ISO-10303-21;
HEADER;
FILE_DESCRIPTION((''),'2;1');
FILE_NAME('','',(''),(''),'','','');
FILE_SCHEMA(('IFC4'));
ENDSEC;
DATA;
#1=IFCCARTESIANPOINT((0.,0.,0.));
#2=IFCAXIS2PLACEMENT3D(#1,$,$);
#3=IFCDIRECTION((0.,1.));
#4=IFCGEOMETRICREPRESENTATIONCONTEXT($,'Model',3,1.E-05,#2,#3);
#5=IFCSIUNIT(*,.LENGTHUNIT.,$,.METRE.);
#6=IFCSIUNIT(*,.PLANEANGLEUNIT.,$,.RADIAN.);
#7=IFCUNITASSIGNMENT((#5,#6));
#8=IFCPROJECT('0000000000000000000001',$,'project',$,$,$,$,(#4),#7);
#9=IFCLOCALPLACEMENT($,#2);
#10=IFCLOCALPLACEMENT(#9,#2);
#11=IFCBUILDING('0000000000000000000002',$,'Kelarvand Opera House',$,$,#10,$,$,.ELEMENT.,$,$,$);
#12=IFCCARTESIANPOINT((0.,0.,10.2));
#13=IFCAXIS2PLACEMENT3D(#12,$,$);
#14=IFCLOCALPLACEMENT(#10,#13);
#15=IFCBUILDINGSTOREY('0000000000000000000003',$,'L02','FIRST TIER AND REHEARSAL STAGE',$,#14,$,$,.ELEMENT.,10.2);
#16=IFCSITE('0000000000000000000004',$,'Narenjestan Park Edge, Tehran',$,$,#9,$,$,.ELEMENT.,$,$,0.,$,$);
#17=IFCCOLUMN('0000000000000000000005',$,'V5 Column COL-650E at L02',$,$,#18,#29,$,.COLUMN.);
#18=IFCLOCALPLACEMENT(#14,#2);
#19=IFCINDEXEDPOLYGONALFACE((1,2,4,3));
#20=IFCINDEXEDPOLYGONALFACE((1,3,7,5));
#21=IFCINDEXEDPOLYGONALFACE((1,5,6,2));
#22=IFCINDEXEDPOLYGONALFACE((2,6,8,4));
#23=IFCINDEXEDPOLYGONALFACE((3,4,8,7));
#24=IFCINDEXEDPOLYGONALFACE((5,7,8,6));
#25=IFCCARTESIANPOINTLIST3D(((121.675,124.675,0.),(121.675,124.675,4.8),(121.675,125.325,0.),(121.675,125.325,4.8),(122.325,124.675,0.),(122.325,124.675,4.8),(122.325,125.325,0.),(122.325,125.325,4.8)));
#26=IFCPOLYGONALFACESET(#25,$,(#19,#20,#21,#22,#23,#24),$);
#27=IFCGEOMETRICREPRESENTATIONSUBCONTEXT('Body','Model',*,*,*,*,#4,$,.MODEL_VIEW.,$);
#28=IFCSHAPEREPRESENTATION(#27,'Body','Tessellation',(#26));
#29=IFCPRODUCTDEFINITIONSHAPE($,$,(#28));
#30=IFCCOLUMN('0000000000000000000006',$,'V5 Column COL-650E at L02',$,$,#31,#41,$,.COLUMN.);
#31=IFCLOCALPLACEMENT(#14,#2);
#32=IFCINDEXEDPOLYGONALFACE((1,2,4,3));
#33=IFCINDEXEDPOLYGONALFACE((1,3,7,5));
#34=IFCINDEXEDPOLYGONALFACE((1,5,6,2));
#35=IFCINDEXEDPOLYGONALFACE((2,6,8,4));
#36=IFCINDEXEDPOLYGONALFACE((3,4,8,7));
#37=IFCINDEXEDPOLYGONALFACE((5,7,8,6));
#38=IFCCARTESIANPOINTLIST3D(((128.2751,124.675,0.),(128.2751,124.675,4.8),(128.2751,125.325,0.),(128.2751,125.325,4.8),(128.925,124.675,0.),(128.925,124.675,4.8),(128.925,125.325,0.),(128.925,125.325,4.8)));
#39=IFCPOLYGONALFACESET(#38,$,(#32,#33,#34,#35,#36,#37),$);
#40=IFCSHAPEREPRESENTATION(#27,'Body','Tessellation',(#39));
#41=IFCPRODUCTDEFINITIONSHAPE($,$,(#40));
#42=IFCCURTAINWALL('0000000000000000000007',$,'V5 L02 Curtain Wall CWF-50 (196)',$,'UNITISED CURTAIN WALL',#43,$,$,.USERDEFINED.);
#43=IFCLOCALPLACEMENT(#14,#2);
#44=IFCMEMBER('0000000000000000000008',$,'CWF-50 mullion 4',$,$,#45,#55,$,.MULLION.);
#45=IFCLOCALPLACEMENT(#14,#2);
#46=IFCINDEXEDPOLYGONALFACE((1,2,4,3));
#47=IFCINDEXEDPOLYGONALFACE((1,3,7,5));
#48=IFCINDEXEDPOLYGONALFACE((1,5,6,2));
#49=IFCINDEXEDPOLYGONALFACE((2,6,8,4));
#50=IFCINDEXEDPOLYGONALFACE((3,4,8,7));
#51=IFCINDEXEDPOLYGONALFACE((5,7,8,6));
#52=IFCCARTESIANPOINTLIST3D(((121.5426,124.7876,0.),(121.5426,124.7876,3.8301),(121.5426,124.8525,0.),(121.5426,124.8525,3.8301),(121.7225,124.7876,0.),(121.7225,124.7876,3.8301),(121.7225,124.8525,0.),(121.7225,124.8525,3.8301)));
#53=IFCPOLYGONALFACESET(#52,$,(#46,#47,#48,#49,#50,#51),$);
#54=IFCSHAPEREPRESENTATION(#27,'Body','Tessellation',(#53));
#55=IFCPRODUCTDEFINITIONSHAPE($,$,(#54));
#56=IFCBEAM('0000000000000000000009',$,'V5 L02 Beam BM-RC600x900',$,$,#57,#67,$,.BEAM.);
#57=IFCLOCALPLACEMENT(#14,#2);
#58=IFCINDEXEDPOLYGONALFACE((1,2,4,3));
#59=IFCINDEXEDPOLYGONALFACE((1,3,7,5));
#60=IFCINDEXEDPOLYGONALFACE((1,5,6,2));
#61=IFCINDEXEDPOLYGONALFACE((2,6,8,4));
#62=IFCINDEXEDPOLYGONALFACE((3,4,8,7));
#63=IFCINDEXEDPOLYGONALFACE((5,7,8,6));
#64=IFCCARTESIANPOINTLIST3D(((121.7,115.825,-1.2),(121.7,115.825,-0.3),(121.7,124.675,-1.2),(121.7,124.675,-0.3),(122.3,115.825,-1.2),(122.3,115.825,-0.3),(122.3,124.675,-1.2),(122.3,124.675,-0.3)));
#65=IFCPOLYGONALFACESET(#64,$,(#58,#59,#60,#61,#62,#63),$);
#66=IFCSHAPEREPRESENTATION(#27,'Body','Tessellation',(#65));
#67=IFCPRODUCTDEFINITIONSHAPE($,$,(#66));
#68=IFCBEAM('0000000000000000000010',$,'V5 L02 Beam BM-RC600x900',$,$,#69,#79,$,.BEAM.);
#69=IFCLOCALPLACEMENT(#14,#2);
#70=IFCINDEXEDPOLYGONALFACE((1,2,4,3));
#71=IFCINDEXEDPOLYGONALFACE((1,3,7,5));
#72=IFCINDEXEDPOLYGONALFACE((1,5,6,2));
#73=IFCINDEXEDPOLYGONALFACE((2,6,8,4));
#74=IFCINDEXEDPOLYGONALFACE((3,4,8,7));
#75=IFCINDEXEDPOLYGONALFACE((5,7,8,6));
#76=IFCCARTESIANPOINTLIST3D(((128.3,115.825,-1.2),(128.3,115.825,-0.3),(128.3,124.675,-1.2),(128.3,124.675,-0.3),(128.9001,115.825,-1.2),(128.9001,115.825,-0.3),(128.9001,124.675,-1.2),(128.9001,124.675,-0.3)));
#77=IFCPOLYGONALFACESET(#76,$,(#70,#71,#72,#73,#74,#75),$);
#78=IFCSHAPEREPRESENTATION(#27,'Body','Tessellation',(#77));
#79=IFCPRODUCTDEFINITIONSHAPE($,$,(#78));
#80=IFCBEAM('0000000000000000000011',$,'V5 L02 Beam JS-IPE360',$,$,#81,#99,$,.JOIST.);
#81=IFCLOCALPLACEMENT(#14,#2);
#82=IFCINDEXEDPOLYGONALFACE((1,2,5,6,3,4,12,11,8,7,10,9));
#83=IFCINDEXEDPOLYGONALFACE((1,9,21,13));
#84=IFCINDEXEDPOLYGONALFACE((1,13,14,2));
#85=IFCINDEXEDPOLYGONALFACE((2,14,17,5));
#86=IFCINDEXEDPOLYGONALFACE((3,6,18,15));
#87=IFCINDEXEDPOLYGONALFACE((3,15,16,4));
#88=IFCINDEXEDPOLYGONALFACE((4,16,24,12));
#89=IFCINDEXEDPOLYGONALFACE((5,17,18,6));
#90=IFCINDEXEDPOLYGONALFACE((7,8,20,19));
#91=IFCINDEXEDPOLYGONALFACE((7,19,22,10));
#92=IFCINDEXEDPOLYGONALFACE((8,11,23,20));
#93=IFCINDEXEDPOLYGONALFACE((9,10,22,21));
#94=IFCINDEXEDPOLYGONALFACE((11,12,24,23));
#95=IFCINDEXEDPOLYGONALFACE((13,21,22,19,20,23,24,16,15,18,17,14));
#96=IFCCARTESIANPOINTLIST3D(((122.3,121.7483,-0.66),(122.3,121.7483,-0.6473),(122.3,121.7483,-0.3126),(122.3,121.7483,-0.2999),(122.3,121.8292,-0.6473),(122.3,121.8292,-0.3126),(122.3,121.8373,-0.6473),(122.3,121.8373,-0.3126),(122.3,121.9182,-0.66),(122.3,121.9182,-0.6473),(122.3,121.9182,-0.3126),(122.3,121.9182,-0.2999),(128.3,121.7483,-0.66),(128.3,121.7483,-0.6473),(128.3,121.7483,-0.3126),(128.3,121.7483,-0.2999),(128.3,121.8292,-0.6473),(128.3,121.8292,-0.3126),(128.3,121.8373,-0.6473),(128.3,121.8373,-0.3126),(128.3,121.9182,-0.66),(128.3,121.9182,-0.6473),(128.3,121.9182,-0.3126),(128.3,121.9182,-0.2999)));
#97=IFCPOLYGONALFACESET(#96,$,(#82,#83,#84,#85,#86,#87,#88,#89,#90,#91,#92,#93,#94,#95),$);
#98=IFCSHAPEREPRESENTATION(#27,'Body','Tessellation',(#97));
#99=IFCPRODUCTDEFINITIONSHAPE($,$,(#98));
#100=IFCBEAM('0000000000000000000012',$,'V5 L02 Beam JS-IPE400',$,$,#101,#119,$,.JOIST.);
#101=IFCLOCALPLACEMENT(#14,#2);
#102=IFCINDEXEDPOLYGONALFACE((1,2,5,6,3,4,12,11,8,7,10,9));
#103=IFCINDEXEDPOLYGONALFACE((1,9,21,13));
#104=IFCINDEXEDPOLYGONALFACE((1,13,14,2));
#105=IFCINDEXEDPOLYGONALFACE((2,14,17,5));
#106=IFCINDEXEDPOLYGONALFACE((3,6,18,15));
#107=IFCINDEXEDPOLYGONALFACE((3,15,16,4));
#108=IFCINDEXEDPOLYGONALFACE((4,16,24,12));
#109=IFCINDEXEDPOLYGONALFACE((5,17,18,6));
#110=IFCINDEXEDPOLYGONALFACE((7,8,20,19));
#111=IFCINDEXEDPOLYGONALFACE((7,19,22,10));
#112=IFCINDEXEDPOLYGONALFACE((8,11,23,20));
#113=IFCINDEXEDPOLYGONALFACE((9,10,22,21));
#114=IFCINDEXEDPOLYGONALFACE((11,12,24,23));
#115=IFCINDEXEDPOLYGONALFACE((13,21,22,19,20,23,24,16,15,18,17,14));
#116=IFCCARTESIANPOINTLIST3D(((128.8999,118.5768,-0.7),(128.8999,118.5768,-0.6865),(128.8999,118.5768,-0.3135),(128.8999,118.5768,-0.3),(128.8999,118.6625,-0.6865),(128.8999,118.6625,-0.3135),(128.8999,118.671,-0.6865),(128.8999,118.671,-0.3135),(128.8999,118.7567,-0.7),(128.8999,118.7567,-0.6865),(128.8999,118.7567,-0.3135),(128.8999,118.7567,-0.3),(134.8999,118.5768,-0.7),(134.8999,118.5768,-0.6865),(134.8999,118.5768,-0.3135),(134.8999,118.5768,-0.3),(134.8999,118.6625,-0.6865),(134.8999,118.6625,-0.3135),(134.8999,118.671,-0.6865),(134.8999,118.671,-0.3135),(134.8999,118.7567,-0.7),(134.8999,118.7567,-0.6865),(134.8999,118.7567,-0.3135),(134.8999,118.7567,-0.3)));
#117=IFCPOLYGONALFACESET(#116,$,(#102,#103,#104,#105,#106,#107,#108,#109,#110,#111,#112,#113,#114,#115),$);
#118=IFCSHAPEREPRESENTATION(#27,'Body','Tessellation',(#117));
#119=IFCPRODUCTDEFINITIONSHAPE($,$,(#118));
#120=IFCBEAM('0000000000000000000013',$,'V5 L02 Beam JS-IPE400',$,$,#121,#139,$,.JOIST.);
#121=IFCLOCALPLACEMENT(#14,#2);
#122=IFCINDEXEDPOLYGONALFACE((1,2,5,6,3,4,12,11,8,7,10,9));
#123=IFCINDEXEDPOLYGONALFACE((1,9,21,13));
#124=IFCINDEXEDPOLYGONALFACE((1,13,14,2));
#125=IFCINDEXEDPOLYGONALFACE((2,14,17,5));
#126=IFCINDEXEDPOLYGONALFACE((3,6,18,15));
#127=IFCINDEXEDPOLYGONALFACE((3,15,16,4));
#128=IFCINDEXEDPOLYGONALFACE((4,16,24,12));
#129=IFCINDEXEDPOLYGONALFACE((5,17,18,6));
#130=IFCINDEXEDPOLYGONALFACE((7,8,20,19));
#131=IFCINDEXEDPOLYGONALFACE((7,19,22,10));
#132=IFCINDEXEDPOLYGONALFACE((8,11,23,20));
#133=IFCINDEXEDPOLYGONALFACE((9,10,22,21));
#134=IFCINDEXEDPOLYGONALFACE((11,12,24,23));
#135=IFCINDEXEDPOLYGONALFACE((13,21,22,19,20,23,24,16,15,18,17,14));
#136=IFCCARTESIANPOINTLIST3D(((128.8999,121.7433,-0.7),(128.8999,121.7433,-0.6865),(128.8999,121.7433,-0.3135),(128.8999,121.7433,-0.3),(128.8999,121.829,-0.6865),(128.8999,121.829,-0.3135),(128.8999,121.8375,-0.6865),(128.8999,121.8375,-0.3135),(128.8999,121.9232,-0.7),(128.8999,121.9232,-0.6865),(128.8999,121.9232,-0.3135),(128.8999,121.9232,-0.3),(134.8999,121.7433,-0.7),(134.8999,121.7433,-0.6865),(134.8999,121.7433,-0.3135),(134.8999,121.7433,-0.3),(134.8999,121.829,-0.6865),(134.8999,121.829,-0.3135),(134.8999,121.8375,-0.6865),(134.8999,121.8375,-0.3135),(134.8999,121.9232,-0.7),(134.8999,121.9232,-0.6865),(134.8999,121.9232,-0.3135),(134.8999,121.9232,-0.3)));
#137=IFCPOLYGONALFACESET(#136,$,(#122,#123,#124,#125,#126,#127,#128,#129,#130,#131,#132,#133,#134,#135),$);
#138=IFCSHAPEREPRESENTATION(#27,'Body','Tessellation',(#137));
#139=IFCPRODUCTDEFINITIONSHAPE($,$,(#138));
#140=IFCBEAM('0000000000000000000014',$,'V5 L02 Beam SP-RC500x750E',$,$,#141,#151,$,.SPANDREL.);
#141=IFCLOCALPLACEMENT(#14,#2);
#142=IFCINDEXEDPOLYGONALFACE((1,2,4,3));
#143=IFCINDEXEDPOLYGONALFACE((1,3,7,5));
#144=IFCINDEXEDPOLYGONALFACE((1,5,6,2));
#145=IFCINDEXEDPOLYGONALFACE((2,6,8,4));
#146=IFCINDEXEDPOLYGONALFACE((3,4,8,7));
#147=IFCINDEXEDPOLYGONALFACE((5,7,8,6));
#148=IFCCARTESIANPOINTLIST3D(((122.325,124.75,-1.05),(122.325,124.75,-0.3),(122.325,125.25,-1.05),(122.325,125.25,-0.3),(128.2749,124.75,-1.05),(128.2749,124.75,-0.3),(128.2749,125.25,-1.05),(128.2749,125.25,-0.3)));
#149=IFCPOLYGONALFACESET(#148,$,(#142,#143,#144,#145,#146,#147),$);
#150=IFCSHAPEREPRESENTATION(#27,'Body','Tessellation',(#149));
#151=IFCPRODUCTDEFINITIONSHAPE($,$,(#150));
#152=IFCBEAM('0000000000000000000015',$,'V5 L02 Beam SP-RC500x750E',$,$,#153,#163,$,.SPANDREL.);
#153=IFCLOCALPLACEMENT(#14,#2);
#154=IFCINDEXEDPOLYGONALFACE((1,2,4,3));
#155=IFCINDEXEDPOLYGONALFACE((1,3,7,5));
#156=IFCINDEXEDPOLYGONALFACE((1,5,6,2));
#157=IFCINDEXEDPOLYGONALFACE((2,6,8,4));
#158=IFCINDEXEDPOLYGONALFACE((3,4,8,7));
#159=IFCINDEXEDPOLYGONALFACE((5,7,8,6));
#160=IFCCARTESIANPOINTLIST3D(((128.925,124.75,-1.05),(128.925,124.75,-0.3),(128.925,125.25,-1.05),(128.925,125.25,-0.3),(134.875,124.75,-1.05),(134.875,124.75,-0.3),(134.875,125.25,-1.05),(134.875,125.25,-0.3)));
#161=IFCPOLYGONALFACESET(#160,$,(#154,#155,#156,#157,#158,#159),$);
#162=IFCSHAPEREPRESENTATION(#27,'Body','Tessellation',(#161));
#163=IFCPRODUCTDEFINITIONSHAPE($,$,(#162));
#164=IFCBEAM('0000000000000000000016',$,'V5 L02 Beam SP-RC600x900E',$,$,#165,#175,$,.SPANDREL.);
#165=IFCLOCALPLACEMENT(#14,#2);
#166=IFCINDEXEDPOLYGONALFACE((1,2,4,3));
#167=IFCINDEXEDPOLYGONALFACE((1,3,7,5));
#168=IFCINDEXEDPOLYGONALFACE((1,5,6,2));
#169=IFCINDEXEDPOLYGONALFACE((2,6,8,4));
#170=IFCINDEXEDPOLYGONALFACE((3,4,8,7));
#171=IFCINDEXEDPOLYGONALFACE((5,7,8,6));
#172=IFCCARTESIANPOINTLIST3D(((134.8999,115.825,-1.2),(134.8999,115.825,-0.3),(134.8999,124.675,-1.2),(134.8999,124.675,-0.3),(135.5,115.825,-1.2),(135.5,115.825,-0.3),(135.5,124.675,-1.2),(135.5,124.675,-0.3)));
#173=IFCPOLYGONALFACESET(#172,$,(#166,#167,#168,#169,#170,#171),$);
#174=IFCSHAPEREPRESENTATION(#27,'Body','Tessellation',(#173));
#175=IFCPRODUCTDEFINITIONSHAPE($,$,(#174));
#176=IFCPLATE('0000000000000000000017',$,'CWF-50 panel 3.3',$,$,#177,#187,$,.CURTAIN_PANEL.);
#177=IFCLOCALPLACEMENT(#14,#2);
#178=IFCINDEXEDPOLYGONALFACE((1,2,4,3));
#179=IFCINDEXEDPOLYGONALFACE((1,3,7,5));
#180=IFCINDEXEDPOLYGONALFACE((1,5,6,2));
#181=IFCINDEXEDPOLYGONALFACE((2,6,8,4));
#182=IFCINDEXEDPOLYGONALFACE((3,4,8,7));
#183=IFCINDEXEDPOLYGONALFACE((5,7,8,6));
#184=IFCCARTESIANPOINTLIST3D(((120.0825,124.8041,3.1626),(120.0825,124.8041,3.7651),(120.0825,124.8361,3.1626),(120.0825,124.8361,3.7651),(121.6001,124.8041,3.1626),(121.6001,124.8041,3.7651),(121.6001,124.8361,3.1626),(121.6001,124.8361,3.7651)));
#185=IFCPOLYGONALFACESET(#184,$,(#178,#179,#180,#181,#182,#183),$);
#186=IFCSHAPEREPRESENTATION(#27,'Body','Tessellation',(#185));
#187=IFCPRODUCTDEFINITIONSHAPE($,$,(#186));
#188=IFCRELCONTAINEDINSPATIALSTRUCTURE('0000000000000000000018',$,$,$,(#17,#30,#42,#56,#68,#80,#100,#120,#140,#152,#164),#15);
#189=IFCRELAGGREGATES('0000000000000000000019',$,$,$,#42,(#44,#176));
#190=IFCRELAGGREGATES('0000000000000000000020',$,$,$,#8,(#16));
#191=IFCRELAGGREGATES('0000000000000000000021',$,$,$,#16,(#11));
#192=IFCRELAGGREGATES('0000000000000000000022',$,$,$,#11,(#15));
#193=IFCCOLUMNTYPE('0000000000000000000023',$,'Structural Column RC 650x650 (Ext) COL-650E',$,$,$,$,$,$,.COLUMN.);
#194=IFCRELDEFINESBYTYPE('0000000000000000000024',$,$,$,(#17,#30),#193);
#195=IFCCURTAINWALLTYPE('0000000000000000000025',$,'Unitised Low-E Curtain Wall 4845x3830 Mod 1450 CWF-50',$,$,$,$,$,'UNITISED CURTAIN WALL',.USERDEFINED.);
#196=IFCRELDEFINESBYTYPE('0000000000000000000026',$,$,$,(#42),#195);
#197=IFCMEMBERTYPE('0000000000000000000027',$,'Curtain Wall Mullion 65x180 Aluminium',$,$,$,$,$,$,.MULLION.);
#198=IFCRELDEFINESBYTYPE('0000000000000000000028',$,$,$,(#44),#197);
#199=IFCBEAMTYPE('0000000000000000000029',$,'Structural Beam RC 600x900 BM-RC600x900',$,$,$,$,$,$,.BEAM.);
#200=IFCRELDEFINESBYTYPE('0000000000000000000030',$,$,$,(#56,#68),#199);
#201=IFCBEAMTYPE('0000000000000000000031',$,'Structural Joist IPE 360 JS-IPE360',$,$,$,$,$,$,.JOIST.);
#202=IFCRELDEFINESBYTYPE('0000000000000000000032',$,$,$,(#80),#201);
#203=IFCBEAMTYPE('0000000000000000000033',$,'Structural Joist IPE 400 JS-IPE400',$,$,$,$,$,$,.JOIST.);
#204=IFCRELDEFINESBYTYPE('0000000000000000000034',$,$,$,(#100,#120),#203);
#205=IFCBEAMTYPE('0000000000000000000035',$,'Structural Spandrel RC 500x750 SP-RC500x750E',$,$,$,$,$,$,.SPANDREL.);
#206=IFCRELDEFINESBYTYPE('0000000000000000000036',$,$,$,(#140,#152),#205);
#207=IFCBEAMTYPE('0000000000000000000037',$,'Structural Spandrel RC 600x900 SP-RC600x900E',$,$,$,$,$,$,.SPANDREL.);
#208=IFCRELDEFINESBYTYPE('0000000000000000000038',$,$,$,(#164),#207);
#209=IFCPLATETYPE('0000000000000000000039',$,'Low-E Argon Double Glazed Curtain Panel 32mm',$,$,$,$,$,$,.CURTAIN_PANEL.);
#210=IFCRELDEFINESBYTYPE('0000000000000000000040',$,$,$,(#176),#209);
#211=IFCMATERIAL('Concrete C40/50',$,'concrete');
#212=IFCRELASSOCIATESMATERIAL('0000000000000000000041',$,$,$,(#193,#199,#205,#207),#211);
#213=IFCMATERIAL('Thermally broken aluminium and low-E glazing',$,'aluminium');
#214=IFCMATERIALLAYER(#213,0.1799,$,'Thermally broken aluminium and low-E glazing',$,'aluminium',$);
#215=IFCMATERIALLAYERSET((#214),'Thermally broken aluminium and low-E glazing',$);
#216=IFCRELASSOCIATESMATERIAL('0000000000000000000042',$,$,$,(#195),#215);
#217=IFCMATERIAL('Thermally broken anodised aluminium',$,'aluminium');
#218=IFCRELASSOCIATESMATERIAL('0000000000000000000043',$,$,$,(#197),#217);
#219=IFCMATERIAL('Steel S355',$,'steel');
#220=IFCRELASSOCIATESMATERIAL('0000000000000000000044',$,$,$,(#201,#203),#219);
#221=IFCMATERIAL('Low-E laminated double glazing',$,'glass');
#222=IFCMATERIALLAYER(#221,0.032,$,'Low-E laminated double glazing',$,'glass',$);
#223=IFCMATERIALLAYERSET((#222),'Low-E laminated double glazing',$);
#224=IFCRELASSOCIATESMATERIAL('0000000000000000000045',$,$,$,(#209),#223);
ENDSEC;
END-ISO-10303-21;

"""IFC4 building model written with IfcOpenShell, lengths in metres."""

from ifc_helpers import new_model, si_unit, direction, frame, origin, origin_2d, place, context, subcontext, project, spatial, rectangle, i_section, extrude, material, layer, layer_set, material_profile, profile_set, type_object, element, aggregate, save


model = new_model("IFC4")

# Units and contexts
model_context = context("Model", 3, precision=1e-05, world=origin(), true_north=direction((0.0, 1.0)))
body_context = subcontext(model_context, "Body", "Model", "MODEL_VIEW")
ifc_project = project(units=[si_unit("LENGTHUNIT", "METRE"), si_unit("PLANEANGLEUNIT", "RADIAN")], contexts=[model_context])

# Site, building, storey
site_placement = place(None, origin())
site = spatial("IfcSite", under=ifc_project, at=site_placement, Name="Narenjestan Park Edge, Tehran", CompositionType="ELEMENT", RefElevation=0.0)
building_placement = place(site_placement, origin())
building = spatial("IfcBuilding", under=site, at=building_placement, Name="Kelarvand Opera House", CompositionType="ELEMENT")
storey_placement = place(building_placement, frame((0.0, 0.0, 10.2)))
storey = spatial("IfcBuildingStorey", under=building, at=storey_placement, Name="L02", Description="FIRST TIER AND REHEARSAL STAGE", CompositionType="ELEMENT", Elevation=10.2)

# Columns
ifc_material_1 = material(Name="Concrete C40/50", Category="concrete")
ifc_material_profile_1 = material_profile(ifc_material_1, rectangle(XDim=0.6499, YDim=0.6499, at=origin_2d()), Name="RC 650x650", Category="concrete")
ifc_profile_set_1 = profile_set([ifc_material_profile_1], Name="Concrete C40/50")
column_type = type_object("IfcColumnType", Name="Structural Column RC 650x650 (Ext) COL-650E", PredefinedType="COLUMN", material=ifc_profile_set_1)
for number, where, z_axis, x_axis, name in (
    (1, (122.0, 125.0, 0.0), (0.0, 0.0, 1.0), (1.0, 0.0, 0.0), "V5 Column COL-650E at L02"),
    (2, (128.6001, 125.0, 0.0), (0.0, 0.0, 1.0), (1.0, 0.0, 0.0), "V5 Column COL-650E at L02"),
):
    element("IfcColumn", number, at=place(storey_placement, frame(where, z_axis=z_axis, x_axis=x_axis)), inside=storey, type_object=column_type, Name=name, PredefinedType="COLUMN", context=body_context, shape_type="SweptSolid", body=[
        extrude(rectangle(XDim=0.6499, YDim=0.6499, at=origin_2d()), origin(), (0.0, 0.0, 1.0), 4.8),
    ])

# Curtain wall, member
ifc_material_2 = material(Name="Thermally broken aluminium and low-E glazing", Category="aluminium")
ifc_layer_1 = layer(ifc_material_2, 0.1799, Name="Thermally broken aluminium and low-E glazing", Category="aluminium")
ifc_layer_set_1 = layer_set([ifc_layer_1], Name="Thermally broken aluminium and low-E glazing")
curtain_wall_type = type_object("IfcCurtainWallType", Name="Unitised Low-E Curtain Wall 4845x3830 Mod 1450 CWF-50", ElementType="UNITISED CURTAIN WALL", PredefinedType="USERDEFINED", material=ifc_layer_set_1)
curtain_wall_placement = place(storey_placement, origin())
curtain_wall = element("IfcCurtainWall", 3, at=curtain_wall_placement, inside=storey, type_object=curtain_wall_type, Name="V5 L02 Curtain Wall CWF-50 (196)", ObjectType="UNITISED CURTAIN WALL", PredefinedType="USERDEFINED")
ifc_material_3 = material(Name="Thermally broken anodised aluminium", Category="aluminium")
ifc_material_profile_2 = material_profile(ifc_material_3, rectangle(XDim=0.0649, YDim=0.1799, at=origin_2d()), Name="ALU MULLION 65x180", Category="aluminium")
ifc_profile_set_2 = profile_set([ifc_material_profile_2], Name="Thermally broken anodised aluminium")
member_type = type_object("IfcMemberType", Name="Curtain Wall Mullion 65x180 Aluminium", PredefinedType="MULLION", material=ifc_profile_set_2)
member_placement = place(storey_placement, frame((121.6326, 124.8201, 0.0), z_axis=(0.0, 0.0, 1.0), x_axis=(0.0, 1.0, 0.0)))
member = element("IfcMember", 4, at=member_placement, type_object=member_type, Name="CWF-50 mullion 4", PredefinedType="MULLION", context=body_context, shape_type="SweptSolid", body=[
    extrude(rectangle(XDim=0.0649, YDim=0.1799, at=origin_2d()), origin(), (0.0, 0.0, 1.0), 3.8301),
])

# Beams
ifc_material_profile_3 = material_profile(ifc_material_1, rectangle(XDim=0.6001, YDim=0.8999, at=origin_2d()), Name="RC 600x900", Category="concrete")
ifc_profile_set_3 = profile_set([ifc_material_profile_3], Name="Concrete C40/50")
beam_type_1 = type_object("IfcBeamType", Name="Structural Beam RC 600x900 BM-RC600x900", PredefinedType="BEAM", material=ifc_profile_set_3)
for number, where, z_axis, x_axis, name in (
    (5, (122.0, 115.825, -0.75), (0.0, 1.0, 0.0), (-1.0, 0.0, 0.0), "V5 L02 Beam BM-RC600x900"),
    (6, (128.6001, 115.825, -0.75), (0.0, 1.0, 0.0), (-1.0, 0.0, 0.0), "V5 L02 Beam BM-RC600x900"),
):
    element("IfcBeam", number, at=place(storey_placement, frame(where, z_axis=z_axis, x_axis=x_axis)), inside=storey, type_object=beam_type_1, Name=name, PredefinedType="BEAM", context=body_context, shape_type="SweptSolid", body=[
        extrude(rectangle(XDim=0.6001, YDim=0.8999, at=origin_2d()), origin(), (0.0, 0.0, 1.0), 8.8501),
    ])
ifc_material_4 = material(Name="Steel S355", Category="steel")
ifc_material_profile_4 = material_profile(ifc_material_4, i_section(OverallWidth=0.1699, OverallDepth=0.3601, WebThickness=0.0081, FlangeThickness=0.0127, at=origin_2d()), Name="IPE 360", Category="steel")
ifc_profile_set_4 = profile_set([ifc_material_profile_4], Name="Steel S355")
beam_type_2 = type_object("IfcBeamType", Name="Structural Joist IPE 360 JS-IPE360", PredefinedType="JOIST", material=ifc_profile_set_4)
beam_1_placement = place(storey_placement, frame((122.3, 121.8333, -0.48), z_axis=(1.0, 0.0, 0.0), x_axis=(0.0, 1.0, 0.0)))
element("IfcBeam", 7, at=beam_1_placement, inside=storey, type_object=beam_type_2, Name="V5 L02 Beam JS-IPE360", PredefinedType="JOIST", context=body_context, shape_type="SweptSolid", body=[
    extrude(i_section(OverallWidth=0.1699, OverallDepth=0.3601, WebThickness=0.0081, FlangeThickness=0.0127, at=origin_2d()), origin(), (0.0, 0.0, 1.0), 6.0),
])
ifc_material_profile_5 = material_profile(ifc_material_4, i_section(OverallWidth=0.1799, OverallDepth=0.3999, WebThickness=0.0085, FlangeThickness=0.0134, at=origin_2d()), Name="IPE 400", Category="steel")
ifc_profile_set_5 = profile_set([ifc_material_profile_5], Name="Steel S355")
beam_type_3 = type_object("IfcBeamType", Name="Structural Joist IPE 400 JS-IPE400", PredefinedType="JOIST", material=ifc_profile_set_5)
for number, where, z_axis, x_axis, name in (
    (8, (128.8999, 118.6667, -0.5), (1.0, 0.0, 0.0), (0.0, 1.0, 0.0), "V5 L02 Beam JS-IPE400"),
    (9, (128.8999, 121.8333, -0.5), (1.0, 0.0, 0.0), (0.0, 1.0, 0.0), "V5 L02 Beam JS-IPE400"),
):
    element("IfcBeam", number, at=place(storey_placement, frame(where, z_axis=z_axis, x_axis=x_axis)), inside=storey, type_object=beam_type_3, Name=name, PredefinedType="JOIST", context=body_context, shape_type="SweptSolid", body=[
        extrude(i_section(OverallWidth=0.1799, OverallDepth=0.3999, WebThickness=0.0085, FlangeThickness=0.0134, at=origin_2d()), origin(), (0.0, 0.0, 1.0), 6.0),
    ])
ifc_material_profile_6 = material_profile(ifc_material_1, rectangle(XDim=0.5, YDim=0.75, at=origin_2d()), Name="RC 500x750", Category="concrete")
ifc_profile_set_6 = profile_set([ifc_material_profile_6], Name="Concrete C40/50")
beam_type_4 = type_object("IfcBeamType", Name="Structural Spandrel RC 500x750 SP-RC500x750E", PredefinedType="SPANDREL", material=ifc_profile_set_6)
for number, where, z_axis, x_axis, name in (
    (10, (122.325, 125.0, -0.675), (1.0, 0.0, 0.0), (0.0, 1.0, 0.0), "V5 L02 Beam SP-RC500x750E"),
    (11, (128.925, 125.0, -0.675), (1.0, 0.0, 0.0), (0.0, 1.0, 0.0), "V5 L02 Beam SP-RC500x750E"),
):
    element("IfcBeam", number, at=place(storey_placement, frame(where, z_axis=z_axis, x_axis=x_axis)), inside=storey, type_object=beam_type_4, Name=name, PredefinedType="SPANDREL", context=body_context, shape_type="SweptSolid", body=[
        extrude(rectangle(XDim=0.5, YDim=0.75, at=origin_2d()), origin(), (0.0, 0.0, 1.0), 5.95),
    ])
ifc_material_profile_7 = material_profile(ifc_material_1, rectangle(XDim=0.6001, YDim=0.8999, at=origin_2d()), Name="RC 600x900", Category="concrete")
ifc_profile_set_7 = profile_set([ifc_material_profile_7], Name="Concrete C40/50")
beam_type_5 = type_object("IfcBeamType", Name="Structural Spandrel RC 600x900 SP-RC600x900E", PredefinedType="SPANDREL", material=ifc_profile_set_7)
beam_2_placement = place(storey_placement, frame((135.2, 115.825, -0.75), z_axis=(0.0, 1.0, 0.0), x_axis=(-1.0, 0.0, 0.0)))
element("IfcBeam", 12, at=beam_2_placement, inside=storey, type_object=beam_type_5, Name="V5 L02 Beam SP-RC600x900E", PredefinedType="SPANDREL", context=body_context, shape_type="SweptSolid", body=[
    extrude(rectangle(XDim=0.6001, YDim=0.8999, at=origin_2d()), origin(), (0.0, 0.0, 1.0), 8.8501),
])

# Plate
ifc_material_5 = material(Name="Low-E laminated double glazing", Category="glass")
ifc_layer_2 = layer(ifc_material_5, 0.032, Name="Low-E laminated double glazing", Category="glass")
ifc_layer_set_2 = layer_set([ifc_layer_2], Name="Low-E laminated double glazing")
plate_type = type_object("IfcPlateType", Name="Low-E Argon Double Glazed Curtain Panel 32mm", PredefinedType="CURTAIN_PANEL", material=ifc_layer_set_2)
plate_placement = place(storey_placement, frame((120.8413, 124.8201, 3.1626), z_axis=(0.0, 0.0, 1.0), x_axis=(1.0, 0.0, 0.0)))
plate = element("IfcPlate", 13, at=plate_placement, type_object=plate_type, Name="CWF-50 panel 3.3", PredefinedType="CURTAIN_PANEL", context=body_context, shape_type="SweptSolid", body=[
    extrude(rectangle(XDim=1.5176, YDim=0.032, at=origin_2d()), origin(), (0.0, 0.0, 1.0), 0.6025),
])
aggregate(curtain_wall, [member, plate])

save(model, "model.ifc")
